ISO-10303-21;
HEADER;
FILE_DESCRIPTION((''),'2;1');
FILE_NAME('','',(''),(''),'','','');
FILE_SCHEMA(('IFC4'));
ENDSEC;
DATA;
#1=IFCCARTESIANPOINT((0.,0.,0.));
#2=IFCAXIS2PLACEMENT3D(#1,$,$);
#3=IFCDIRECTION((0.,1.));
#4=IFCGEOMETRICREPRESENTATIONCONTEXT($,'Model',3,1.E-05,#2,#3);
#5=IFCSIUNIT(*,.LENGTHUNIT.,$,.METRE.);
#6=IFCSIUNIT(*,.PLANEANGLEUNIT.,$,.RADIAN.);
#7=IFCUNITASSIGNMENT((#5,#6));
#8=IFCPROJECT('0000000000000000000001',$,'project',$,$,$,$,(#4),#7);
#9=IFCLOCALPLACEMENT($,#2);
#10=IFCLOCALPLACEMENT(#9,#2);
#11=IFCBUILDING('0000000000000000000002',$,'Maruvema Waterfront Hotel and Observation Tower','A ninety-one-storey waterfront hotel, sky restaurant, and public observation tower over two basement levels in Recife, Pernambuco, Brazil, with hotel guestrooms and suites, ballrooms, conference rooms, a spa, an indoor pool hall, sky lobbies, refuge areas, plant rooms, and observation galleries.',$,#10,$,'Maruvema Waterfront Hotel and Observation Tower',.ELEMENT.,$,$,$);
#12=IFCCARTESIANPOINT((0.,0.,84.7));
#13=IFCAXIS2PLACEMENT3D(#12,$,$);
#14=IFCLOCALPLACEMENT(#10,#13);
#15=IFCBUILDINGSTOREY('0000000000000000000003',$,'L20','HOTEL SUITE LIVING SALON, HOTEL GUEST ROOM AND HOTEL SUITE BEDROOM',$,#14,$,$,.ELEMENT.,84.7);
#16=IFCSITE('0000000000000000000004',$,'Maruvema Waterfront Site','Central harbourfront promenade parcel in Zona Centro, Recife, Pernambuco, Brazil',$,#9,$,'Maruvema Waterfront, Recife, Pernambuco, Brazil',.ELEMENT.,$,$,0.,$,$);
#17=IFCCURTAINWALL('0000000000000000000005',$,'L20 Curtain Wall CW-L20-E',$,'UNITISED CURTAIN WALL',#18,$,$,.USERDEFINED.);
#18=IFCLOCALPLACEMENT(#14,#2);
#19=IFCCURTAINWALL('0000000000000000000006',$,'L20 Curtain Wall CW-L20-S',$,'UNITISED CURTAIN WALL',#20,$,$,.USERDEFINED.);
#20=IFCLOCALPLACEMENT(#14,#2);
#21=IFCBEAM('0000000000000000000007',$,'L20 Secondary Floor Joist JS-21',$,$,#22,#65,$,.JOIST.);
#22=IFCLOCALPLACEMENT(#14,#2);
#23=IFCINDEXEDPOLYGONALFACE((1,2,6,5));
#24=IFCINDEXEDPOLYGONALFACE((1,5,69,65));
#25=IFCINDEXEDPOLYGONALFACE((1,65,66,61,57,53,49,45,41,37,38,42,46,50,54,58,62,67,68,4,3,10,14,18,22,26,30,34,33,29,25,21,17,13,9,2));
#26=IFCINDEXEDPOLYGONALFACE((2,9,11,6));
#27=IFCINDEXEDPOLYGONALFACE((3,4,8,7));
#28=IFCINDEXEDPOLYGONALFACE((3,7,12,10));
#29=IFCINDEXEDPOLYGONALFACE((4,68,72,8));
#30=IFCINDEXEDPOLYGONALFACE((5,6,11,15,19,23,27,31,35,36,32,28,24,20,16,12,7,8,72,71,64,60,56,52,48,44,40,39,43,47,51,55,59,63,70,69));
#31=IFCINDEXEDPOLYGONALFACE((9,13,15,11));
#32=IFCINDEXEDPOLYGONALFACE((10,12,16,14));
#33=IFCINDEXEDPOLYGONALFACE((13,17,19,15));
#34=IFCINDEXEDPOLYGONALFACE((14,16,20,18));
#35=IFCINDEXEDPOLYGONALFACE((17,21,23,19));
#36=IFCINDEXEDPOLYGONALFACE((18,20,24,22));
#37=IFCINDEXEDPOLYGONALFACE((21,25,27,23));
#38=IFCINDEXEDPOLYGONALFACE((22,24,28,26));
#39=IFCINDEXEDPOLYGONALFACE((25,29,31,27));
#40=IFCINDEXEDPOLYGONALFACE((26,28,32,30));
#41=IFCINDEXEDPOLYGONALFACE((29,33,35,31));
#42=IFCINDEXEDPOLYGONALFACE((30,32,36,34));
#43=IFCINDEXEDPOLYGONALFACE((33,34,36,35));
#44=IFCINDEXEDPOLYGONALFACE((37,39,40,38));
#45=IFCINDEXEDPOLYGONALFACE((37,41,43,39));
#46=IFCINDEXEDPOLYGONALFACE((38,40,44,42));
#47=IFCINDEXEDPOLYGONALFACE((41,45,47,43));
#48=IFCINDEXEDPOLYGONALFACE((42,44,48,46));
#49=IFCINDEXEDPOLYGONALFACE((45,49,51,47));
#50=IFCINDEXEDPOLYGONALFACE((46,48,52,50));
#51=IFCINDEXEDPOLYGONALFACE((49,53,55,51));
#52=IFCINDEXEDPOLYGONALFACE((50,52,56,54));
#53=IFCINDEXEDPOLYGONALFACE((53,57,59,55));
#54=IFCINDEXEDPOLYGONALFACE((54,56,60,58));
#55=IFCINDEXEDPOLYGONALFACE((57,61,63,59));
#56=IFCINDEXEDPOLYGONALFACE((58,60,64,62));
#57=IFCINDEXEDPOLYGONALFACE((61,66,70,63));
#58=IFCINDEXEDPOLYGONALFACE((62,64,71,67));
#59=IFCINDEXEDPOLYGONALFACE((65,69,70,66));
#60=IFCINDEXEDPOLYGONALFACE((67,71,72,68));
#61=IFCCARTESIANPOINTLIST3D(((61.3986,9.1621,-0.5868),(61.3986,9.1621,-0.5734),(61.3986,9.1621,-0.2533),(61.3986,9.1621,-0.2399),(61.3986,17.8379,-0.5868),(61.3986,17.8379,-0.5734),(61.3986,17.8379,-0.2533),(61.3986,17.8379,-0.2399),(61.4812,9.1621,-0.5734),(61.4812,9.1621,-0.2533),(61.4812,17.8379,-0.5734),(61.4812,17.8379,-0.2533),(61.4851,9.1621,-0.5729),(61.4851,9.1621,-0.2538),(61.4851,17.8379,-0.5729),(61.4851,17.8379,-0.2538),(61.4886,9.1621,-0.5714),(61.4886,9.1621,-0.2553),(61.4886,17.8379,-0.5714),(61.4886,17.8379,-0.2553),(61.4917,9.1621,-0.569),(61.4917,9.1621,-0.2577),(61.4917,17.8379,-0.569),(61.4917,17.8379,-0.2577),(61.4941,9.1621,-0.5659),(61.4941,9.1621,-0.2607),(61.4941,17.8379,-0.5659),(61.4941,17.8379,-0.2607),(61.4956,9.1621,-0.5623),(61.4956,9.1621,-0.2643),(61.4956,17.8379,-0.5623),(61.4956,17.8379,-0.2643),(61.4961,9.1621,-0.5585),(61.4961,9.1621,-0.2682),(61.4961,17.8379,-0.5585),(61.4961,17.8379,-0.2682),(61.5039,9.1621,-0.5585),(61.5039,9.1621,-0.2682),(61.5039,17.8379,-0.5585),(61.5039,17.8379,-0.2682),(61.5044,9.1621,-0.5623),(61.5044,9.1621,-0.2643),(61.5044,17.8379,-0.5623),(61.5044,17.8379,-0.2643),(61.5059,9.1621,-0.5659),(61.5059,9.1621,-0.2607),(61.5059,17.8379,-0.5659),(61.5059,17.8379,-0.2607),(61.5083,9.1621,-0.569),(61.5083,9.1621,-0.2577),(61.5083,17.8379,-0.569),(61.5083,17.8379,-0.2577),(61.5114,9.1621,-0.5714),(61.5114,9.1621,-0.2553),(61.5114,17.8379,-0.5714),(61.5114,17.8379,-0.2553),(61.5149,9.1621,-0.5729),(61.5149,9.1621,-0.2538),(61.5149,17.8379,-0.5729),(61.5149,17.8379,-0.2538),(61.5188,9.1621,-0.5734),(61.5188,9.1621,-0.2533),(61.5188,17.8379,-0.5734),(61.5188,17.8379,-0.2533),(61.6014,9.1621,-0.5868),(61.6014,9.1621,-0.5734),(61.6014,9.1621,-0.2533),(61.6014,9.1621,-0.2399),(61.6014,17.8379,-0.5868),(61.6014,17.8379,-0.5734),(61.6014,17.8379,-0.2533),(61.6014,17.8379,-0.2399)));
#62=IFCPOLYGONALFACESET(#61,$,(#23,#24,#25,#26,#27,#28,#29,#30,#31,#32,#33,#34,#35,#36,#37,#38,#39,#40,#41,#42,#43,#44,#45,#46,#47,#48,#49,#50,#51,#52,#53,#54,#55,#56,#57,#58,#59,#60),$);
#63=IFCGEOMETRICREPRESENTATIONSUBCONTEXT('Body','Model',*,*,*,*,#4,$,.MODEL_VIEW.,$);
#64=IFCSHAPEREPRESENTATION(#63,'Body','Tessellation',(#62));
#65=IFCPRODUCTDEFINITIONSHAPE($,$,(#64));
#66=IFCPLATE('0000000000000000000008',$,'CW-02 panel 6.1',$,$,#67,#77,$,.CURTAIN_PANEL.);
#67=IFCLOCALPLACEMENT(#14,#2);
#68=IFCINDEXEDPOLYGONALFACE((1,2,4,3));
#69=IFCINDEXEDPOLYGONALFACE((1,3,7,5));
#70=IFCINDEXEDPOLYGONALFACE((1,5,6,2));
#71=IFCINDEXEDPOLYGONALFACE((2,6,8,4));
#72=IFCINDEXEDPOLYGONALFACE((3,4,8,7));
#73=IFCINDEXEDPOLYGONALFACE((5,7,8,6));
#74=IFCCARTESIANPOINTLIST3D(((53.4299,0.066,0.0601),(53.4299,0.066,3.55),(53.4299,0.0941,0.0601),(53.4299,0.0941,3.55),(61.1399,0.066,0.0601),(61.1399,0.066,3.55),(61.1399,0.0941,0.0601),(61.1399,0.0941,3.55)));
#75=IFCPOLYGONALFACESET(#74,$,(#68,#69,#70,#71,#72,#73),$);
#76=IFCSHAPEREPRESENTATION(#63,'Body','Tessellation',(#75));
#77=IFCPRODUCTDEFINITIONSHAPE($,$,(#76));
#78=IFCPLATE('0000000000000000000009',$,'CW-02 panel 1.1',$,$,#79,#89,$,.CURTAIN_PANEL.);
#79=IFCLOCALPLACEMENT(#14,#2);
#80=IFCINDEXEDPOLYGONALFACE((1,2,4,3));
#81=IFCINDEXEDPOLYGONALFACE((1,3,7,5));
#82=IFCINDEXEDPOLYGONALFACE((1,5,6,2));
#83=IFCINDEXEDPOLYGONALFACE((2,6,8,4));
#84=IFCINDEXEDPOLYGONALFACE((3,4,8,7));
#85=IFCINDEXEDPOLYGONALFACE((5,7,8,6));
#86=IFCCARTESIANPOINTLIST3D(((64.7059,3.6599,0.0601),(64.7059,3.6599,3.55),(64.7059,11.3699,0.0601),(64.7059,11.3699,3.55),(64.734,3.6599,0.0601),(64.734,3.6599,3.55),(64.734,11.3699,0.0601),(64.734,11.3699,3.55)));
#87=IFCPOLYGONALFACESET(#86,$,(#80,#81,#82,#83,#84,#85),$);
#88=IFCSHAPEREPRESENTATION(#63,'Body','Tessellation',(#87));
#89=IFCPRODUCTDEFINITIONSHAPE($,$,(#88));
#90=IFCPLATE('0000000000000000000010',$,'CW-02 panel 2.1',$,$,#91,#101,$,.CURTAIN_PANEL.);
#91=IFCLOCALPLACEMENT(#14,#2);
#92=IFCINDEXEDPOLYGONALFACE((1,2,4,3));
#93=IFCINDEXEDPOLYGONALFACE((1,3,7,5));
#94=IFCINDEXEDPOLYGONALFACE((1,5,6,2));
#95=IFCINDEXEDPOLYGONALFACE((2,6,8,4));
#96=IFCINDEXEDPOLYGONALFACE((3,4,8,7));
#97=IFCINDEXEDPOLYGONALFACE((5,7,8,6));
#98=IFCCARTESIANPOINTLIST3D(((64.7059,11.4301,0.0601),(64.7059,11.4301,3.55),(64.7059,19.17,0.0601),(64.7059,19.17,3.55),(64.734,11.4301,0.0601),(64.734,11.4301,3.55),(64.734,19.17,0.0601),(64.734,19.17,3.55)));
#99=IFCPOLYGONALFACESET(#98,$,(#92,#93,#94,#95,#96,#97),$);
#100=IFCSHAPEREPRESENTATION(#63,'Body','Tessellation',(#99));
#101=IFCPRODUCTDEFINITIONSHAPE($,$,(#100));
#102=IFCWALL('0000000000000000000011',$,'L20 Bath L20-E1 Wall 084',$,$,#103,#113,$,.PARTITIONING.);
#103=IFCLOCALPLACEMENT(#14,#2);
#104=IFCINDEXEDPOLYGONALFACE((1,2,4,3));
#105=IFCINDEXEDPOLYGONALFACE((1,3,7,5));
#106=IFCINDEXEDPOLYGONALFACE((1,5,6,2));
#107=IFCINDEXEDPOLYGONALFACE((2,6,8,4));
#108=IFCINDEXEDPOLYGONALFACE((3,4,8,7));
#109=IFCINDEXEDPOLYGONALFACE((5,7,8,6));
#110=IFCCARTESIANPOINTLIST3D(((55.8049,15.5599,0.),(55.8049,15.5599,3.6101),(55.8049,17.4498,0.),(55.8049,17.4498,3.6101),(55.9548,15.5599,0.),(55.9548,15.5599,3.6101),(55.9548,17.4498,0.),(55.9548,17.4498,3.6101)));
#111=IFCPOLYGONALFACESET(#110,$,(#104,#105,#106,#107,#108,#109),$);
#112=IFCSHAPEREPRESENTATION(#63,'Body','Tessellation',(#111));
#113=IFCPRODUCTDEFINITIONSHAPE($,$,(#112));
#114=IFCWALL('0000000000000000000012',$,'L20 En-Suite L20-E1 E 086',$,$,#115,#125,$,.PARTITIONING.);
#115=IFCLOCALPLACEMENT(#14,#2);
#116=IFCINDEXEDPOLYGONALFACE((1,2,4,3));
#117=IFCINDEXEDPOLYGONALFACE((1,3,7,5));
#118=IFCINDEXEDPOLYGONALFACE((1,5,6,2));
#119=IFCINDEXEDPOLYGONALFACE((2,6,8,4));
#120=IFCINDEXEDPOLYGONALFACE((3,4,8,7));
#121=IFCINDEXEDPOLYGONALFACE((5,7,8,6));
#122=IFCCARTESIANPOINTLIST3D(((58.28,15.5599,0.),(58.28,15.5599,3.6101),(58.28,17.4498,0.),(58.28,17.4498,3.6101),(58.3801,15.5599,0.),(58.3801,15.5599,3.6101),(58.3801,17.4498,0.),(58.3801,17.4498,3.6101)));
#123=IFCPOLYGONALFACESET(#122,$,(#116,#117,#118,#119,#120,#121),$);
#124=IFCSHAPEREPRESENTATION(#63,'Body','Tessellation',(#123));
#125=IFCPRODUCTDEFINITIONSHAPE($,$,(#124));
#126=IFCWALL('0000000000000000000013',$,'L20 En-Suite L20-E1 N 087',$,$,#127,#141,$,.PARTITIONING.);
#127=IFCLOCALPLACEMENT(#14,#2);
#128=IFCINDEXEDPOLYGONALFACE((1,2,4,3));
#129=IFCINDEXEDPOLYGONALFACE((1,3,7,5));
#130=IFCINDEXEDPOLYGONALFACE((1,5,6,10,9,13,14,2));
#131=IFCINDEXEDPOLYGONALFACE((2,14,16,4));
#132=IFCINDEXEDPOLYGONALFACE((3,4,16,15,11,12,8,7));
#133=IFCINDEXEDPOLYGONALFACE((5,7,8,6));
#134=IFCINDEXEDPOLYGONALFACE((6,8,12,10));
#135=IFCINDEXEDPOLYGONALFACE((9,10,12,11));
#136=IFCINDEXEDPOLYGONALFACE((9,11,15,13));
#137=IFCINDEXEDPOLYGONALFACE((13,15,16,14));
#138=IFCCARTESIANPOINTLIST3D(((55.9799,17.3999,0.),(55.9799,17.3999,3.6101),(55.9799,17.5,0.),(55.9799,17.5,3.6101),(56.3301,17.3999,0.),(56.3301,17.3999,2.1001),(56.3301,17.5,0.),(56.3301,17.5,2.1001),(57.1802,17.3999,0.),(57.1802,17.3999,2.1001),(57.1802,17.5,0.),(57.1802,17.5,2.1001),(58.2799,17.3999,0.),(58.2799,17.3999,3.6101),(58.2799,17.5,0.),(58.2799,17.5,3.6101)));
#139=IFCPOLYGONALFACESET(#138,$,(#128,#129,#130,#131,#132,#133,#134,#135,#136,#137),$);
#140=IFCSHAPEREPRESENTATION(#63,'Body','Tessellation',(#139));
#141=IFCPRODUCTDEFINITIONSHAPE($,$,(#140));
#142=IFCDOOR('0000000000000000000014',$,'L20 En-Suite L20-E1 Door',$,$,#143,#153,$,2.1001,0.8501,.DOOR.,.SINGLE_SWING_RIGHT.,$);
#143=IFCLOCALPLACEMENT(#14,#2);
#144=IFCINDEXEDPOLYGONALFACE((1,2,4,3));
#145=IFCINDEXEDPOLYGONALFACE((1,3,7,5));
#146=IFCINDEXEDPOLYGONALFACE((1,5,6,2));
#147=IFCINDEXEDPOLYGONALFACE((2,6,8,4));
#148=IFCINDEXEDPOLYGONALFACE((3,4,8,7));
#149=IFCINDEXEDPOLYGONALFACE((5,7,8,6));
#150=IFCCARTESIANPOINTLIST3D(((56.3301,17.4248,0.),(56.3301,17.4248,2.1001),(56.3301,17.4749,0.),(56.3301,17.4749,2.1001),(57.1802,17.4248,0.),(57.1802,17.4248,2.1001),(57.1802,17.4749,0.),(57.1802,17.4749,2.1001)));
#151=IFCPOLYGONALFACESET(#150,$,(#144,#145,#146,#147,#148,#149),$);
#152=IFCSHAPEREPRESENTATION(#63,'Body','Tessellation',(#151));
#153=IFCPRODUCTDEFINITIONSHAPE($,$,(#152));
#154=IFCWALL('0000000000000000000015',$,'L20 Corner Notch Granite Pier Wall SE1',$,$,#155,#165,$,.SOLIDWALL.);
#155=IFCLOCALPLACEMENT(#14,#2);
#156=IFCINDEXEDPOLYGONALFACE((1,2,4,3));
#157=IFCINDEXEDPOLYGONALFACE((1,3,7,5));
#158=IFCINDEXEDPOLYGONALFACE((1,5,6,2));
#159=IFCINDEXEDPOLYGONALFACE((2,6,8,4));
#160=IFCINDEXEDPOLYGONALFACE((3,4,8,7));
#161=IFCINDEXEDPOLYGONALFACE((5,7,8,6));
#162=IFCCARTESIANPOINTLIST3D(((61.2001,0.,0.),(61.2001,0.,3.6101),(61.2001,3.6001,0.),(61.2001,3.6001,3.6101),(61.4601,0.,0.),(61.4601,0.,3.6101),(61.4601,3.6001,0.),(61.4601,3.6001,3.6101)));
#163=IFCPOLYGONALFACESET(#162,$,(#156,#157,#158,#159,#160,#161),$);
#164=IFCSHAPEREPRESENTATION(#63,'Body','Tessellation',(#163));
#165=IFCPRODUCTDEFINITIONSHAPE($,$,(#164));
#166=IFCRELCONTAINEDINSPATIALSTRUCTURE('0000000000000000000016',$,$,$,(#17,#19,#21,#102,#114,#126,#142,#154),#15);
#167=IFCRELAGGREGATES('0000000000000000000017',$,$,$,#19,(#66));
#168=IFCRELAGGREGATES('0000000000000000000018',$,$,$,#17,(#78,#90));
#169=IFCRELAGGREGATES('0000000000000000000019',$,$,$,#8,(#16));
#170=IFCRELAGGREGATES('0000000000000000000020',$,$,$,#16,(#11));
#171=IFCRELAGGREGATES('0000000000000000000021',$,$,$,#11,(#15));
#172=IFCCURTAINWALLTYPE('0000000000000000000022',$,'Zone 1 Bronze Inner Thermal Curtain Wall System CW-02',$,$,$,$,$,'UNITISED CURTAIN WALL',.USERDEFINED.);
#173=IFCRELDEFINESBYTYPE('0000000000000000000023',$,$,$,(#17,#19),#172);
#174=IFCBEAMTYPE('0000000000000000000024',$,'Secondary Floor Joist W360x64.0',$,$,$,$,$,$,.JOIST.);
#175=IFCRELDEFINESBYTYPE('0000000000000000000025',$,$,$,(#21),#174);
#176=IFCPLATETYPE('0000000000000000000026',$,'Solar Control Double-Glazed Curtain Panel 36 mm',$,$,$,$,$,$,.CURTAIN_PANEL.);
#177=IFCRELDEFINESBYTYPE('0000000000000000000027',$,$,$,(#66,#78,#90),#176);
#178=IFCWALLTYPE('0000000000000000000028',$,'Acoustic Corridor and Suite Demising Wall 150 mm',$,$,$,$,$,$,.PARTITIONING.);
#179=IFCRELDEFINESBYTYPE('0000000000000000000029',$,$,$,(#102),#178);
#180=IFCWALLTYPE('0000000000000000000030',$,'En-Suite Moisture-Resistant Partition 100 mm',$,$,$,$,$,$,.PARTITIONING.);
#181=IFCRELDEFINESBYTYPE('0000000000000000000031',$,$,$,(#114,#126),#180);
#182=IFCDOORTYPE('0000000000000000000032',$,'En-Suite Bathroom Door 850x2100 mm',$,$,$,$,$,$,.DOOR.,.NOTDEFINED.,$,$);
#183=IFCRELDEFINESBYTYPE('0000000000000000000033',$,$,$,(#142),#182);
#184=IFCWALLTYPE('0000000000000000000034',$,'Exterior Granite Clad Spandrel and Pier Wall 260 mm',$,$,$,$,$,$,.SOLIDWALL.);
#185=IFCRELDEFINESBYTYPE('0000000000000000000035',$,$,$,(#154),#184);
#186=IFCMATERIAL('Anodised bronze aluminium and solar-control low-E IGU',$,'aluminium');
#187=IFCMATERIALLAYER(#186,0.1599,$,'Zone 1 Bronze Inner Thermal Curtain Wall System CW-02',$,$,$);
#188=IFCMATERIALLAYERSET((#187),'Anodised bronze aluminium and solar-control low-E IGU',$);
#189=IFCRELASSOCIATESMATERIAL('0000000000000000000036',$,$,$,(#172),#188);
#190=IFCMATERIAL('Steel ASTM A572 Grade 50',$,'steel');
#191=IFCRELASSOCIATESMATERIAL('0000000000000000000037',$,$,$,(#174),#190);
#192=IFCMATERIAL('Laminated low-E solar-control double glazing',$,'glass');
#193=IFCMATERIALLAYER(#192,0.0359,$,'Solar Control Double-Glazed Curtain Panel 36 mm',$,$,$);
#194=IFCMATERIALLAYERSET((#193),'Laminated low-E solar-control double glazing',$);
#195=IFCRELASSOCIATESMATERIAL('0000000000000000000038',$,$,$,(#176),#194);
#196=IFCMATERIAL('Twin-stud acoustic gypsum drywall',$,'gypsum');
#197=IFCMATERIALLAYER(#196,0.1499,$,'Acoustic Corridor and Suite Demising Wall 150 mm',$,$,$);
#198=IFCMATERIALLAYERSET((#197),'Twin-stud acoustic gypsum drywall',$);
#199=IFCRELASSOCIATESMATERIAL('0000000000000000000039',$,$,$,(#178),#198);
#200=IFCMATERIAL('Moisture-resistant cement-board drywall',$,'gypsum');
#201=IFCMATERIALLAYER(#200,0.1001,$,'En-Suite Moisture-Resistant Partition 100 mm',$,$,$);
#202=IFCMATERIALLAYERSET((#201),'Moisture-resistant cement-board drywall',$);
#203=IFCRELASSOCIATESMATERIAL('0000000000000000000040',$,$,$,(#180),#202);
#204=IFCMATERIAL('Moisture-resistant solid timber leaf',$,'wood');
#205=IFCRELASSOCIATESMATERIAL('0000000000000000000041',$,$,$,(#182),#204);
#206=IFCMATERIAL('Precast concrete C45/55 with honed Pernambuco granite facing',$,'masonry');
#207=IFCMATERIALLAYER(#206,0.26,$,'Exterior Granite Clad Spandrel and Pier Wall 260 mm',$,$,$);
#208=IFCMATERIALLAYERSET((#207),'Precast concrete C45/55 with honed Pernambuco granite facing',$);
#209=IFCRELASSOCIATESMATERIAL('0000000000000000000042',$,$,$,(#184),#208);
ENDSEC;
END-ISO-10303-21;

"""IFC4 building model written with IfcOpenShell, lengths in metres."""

from ifc_helpers import new_model, si_unit, direction, frame, frame_2d, origin, origin_2d, place, context, subcontext, project, spatial, rectangle, i_section, extrude, material, layer, layer_set, material_profile, profile_set, type_object, element, fill, aggregate, save


model = new_model("IFC4")

# Units and contexts
model_context = context("Model", 3, precision=1e-05, world=origin(), true_north=direction((0.0, 1.0)))
body_context = subcontext(model_context, "Body", "Model", "MODEL_VIEW")
ifc_project = project(units=[si_unit("LENGTHUNIT", "METRE"), si_unit("PLANEANGLEUNIT", "RADIAN")], contexts=[model_context])

# Site, building, storey
site_placement = place(None, origin())
site = spatial("IfcSite", under=ifc_project, at=site_placement, Name="Maruvema Waterfront Site", Description="Central harbourfront promenade parcel in Zona Centro, Recife, Pernambuco, Brazil", LongName="Maruvema Waterfront, Recife, Pernambuco, Brazil", CompositionType="ELEMENT", RefElevation=0.0)
building_placement = place(site_placement, origin())
building = spatial("IfcBuilding", under=site, at=building_placement, Name="Maruvema Waterfront Hotel and Observation Tower", Description="A ninety-one-storey waterfront hotel, sky restaurant, and public observation tower over two basement levels in Recife, Pernambuco, Brazil, with hotel guestrooms and suites, ballrooms, conference rooms, a spa, an indoor pool hall, sky lobbies, refuge areas, plant rooms, and observation galleries.", LongName="Maruvema Waterfront Hotel and Observation Tower", CompositionType="ELEMENT")
storey_placement = place(building_placement, frame((0.0, 0.0, 84.7)))
storey = spatial("IfcBuildingStorey", under=building, at=storey_placement, Name="L20", Description="HOTEL SUITE LIVING SALON, HOTEL GUEST ROOM AND HOTEL SUITE BEDROOM", CompositionType="ELEMENT", Elevation=84.7)

# Curtain wall
ifc_material_1 = material(Name="Anodised bronze aluminium and solar-control low-E IGU", Category="aluminium")
ifc_layer_1 = layer(ifc_material_1, 0.1599, Name="Zone 1 Bronze Inner Thermal Curtain Wall System CW-02")
ifc_layer_set_1 = layer_set([ifc_layer_1], Name="Anodised bronze aluminium and solar-control low-E IGU")
curtain_wall_type = type_object("IfcCurtainWallType", Name="Zone 1 Bronze Inner Thermal Curtain Wall System CW-02", ElementType="UNITISED CURTAIN WALL", PredefinedType="USERDEFINED", material=ifc_layer_set_1)
curtain_wall_1_placement = place(storey_placement, origin())
curtain_wall_1 = element("IfcCurtainWall", 1, at=curtain_wall_1_placement, inside=storey, type_object=curtain_wall_type, Name="L20 Curtain Wall CW-L20-E", ObjectType="UNITISED CURTAIN WALL", PredefinedType="USERDEFINED")

# Curtain wall
curtain_wall_2_placement = place(storey_placement, origin())
curtain_wall_2 = element("IfcCurtainWall", 2, at=curtain_wall_2_placement, inside=storey, type_object=curtain_wall_type, Name="L20 Curtain Wall CW-L20-S", ObjectType="UNITISED CURTAIN WALL", PredefinedType="USERDEFINED")

# Beam
ifc_material_2 = material(Name="Steel ASTM A572 Grade 50", Category="steel")
ifc_material_profile_1 = material_profile(ifc_material_2, i_section(OverallWidth=0.2029, OverallDepth=0.3469, WebThickness=0.0078, FlangeThickness=0.0134, FilletRadius=0.0149, at=origin_2d()), Name="W360x64.0")
ifc_profile_set_1 = profile_set([ifc_material_profile_1], Name="Steel ASTM A572 Grade 50")
beam_type_1 = type_object("IfcBeamType", Name="Secondary Floor Joist W360x64.0", PredefinedType="JOIST", material=ifc_profile_set_1)
beam_1_placement = place(storey_placement, frame((61.5, 9.1621, -0.4133), z_axis=(0.0, 1.0, 0.0), x_axis=(-1.0, 0.0, 0.0)))
element("IfcBeam", 3, at=beam_1_placement, inside=storey, type_object=beam_type_1, Name="L20 Secondary Floor Joist JS-21", PredefinedType="JOIST", context=body_context, shape_type="SweptSolid", body=[
    extrude(i_section(OverallWidth=0.2029, OverallDepth=0.3469, WebThickness=0.0078, FlangeThickness=0.0134, FilletRadius=0.0149, at=origin_2d()), origin(), (0.0, 0.0, 1.0), 8.6758),
])

# Plates
ifc_material_3 = material(Name="Laminated low-E solar-control double glazing", Category="glass")
ifc_layer_2 = layer(ifc_material_3, 0.0359, Name="Solar Control Double-Glazed Curtain Panel 36 mm")
ifc_layer_set_2 = layer_set([ifc_layer_2], Name="Laminated low-E solar-control double glazing")
plate_type = type_object("IfcPlateType", Name="Solar Control Double-Glazed Curtain Panel 36 mm", PredefinedType="CURTAIN_PANEL", material=ifc_layer_set_2)
plate_1_placement = place(storey_placement, frame((57.2849, 0.0801, 0.0601), z_axis=(0.0, 0.0, 1.0), x_axis=(1.0, 0.0, 0.0)))
plate_1 = element("IfcPlate", 4, at=plate_1_placement, type_object=plate_type, Name="CW-02 panel 6.1", PredefinedType="CURTAIN_PANEL", context=body_context, shape_type="SweptSolid", body=[
    extrude(rectangle(XDim=7.71, YDim=0.0281, at=origin_2d()), origin(), (0.0, 0.0, 1.0), 3.49),
])
aggregate(curtain_wall_2, [plate_1])
plate_2_placement = place(storey_placement, frame((64.72, 7.5149, 0.0601), z_axis=(0.0, 0.0, 1.0), x_axis=(0.0, 1.0, 0.0)))
plate_2 = element("IfcPlate", 5, at=plate_2_placement, type_object=plate_type, Name="CW-02 panel 1.1", PredefinedType="CURTAIN_PANEL", context=body_context, shape_type="SweptSolid", body=[
    extrude(rectangle(XDim=7.71, YDim=0.0281, at=origin_2d()), origin(), (0.0, 0.0, 1.0), 3.49),
])
plate_3_placement = place(storey_placement, frame((64.72, 15.3, 0.0601), z_axis=(0.0, 0.0, 1.0), x_axis=(0.0, 1.0, 0.0)))
plate_3 = element("IfcPlate", 6, at=plate_3_placement, type_object=plate_type, Name="CW-02 panel 2.1", PredefinedType="CURTAIN_PANEL", context=body_context, shape_type="SweptSolid", body=[
    extrude(rectangle(XDim=7.74, YDim=0.0281, at=origin_2d()), origin(), (0.0, 0.0, 1.0), 3.49),
])
aggregate(curtain_wall_1, [plate_2, plate_3])

# Wall
ifc_material_4 = material(Name="Twin-stud acoustic gypsum drywall", Category="gypsum")
ifc_layer_3 = layer(ifc_material_4, 0.1499, Name="Acoustic Corridor and Suite Demising Wall 150 mm")
ifc_layer_set_3 = layer_set([ifc_layer_3], Name="Twin-stud acoustic gypsum drywall")
wall_type_1 = type_object("IfcWallType", Name="Acoustic Corridor and Suite Demising Wall 150 mm", PredefinedType="PARTITIONING", material=ifc_layer_set_3)
wall_1_placement = place(storey_placement, frame((55.8799, 15.5601, 0.0), z_axis=(0.0, 0.0, 1.0), x_axis=(0.0, 1.0, 0.0)))
element("IfcWall", 7, at=wall_1_placement, inside=storey, type_object=wall_type_1, Name="L20 Bath L20-E1 Wall 084", PredefinedType="PARTITIONING", context=body_context, shape_type="SweptSolid", body=[
    extrude(rectangle(XDim=1.8899, YDim=0.1499, at=frame_2d((0.9448, 0.0))), origin(), (0.0, 0.0, 1.0), 3.6101),
])

# Wall
ifc_material_5 = material(Name="Moisture-resistant cement-board drywall", Category="gypsum")
ifc_layer_4 = layer(ifc_material_5, 0.1001, Name="En-Suite Moisture-Resistant Partition 100 mm")
ifc_layer_set_4 = layer_set([ifc_layer_4], Name="Moisture-resistant cement-board drywall")
wall_type_2 = type_object("IfcWallType", Name="En-Suite Moisture-Resistant Partition 100 mm", PredefinedType="PARTITIONING", material=ifc_layer_set_4)
wall_2_placement = place(storey_placement, frame((58.3301, 15.5601, 0.0), z_axis=(0.0, 0.0, 1.0), x_axis=(0.0, 1.0, 0.0)))
element("IfcWall", 8, at=wall_2_placement, inside=storey, type_object=wall_type_2, Name="L20 En-Suite L20-E1 E 086", PredefinedType="PARTITIONING", context=body_context, shape_type="SweptSolid", body=[
    extrude(rectangle(XDim=1.8899, YDim=0.1001, at=frame_2d((0.9448, 0.0))), origin(), (0.0, 0.0, 1.0), 3.6101),
])

# Wall, opening, door
wall_3_placement = place(storey_placement, frame((55.98, 17.45, 0.0), z_axis=(0.0, 0.0, 1.0), x_axis=(1.0, 0.0, 0.0)))
wall_3 = element("IfcWall", 9, at=wall_3_placement, inside=storey, type_object=wall_type_2, Name="L20 En-Suite L20-E1 N 087", PredefinedType="PARTITIONING", context=body_context, shape_type="SweptSolid", body=[
    extrude(rectangle(XDim=2.3, YDim=0.1001, at=frame_2d((1.1499, 0.0))), origin(), (0.0, 0.0, 1.0), 3.6101),
])
opening_1_placement = place(wall_3_placement, frame((0.3501, 0.0, 0.0)))
opening_1 = element("IfcOpeningElement", 10, at=opening_1_placement, cuts=wall_3, PredefinedType="OPENING", context=body_context, shape_type="SweptSolid", body=[
    extrude(rectangle(XDim=0.8501, YDim=2.1001, at=frame_2d((0.425, 1.05))), frame((0.0, 0.0601, 0.0), z_axis=(0.0, -1.0, 0.0), x_axis=(1.0, 0.0, 0.0)), (0.0, 0.0, 1.0), 0.1201),
])
ifc_material_6 = material(Name="Moisture-resistant solid timber leaf", Category="wood")
door_type_1 = type_object("IfcDoorType", Name="En-Suite Bathroom Door 850x2100 mm", OperationType="NOTDEFINED", PredefinedType="DOOR", material=ifc_material_6)
door_1_placement = place(opening_1_placement, origin())
door_1 = element("IfcDoor", 11, at=door_1_placement, inside=storey, type_object=door_type_1, Name="L20 En-Suite L20-E1 Door", OperationType="SINGLE_SWING_RIGHT", OverallHeight=2.1001, OverallWidth=0.8501, PredefinedType="DOOR", context=body_context, shape_type="SweptSolid", body=[
    extrude(rectangle(XDim=0.8501, YDim=2.1001, at=frame_2d((0.425, 1.05))), frame((0.0, 0.0249, 0.0), z_axis=(0.0, -1.0, 0.0), x_axis=(1.0, 0.0, 0.0)), (0.0, 0.0, 1.0), 0.05),
])
fill(opening_1, door_1)

# Wall
ifc_material_7 = material(Name="Precast concrete C45/55 with honed Pernambuco granite facing", Category="masonry")
ifc_layer_5 = layer(ifc_material_7, 0.26, Name="Exterior Granite Clad Spandrel and Pier Wall 260 mm")
ifc_layer_set_5 = layer_set([ifc_layer_5], Name="Precast concrete C45/55 with honed Pernambuco granite facing")
wall_type_3 = type_object("IfcWallType", Name="Exterior Granite Clad Spandrel and Pier Wall 260 mm", PredefinedType="SOLIDWALL", material=ifc_layer_set_5)
wall_4_placement = place(storey_placement, frame((61.3301, 3.6001, 0.0), z_axis=(0.0, 0.0, 1.0), x_axis=(0.0, -1.0, 0.0)))
element("IfcWall", 12, at=wall_4_placement, inside=storey, type_object=wall_type_3, Name="L20 Corner Notch Granite Pier Wall SE1", PredefinedType="SOLIDWALL", context=body_context, shape_type="SweptSolid", body=[
    extrude(rectangle(XDim=3.6001, YDim=0.26, at=frame_2d((1.8, 0.0))), origin(), (0.0, 0.0, 1.0), 3.6101),
])

save(model, "model.ifc")
